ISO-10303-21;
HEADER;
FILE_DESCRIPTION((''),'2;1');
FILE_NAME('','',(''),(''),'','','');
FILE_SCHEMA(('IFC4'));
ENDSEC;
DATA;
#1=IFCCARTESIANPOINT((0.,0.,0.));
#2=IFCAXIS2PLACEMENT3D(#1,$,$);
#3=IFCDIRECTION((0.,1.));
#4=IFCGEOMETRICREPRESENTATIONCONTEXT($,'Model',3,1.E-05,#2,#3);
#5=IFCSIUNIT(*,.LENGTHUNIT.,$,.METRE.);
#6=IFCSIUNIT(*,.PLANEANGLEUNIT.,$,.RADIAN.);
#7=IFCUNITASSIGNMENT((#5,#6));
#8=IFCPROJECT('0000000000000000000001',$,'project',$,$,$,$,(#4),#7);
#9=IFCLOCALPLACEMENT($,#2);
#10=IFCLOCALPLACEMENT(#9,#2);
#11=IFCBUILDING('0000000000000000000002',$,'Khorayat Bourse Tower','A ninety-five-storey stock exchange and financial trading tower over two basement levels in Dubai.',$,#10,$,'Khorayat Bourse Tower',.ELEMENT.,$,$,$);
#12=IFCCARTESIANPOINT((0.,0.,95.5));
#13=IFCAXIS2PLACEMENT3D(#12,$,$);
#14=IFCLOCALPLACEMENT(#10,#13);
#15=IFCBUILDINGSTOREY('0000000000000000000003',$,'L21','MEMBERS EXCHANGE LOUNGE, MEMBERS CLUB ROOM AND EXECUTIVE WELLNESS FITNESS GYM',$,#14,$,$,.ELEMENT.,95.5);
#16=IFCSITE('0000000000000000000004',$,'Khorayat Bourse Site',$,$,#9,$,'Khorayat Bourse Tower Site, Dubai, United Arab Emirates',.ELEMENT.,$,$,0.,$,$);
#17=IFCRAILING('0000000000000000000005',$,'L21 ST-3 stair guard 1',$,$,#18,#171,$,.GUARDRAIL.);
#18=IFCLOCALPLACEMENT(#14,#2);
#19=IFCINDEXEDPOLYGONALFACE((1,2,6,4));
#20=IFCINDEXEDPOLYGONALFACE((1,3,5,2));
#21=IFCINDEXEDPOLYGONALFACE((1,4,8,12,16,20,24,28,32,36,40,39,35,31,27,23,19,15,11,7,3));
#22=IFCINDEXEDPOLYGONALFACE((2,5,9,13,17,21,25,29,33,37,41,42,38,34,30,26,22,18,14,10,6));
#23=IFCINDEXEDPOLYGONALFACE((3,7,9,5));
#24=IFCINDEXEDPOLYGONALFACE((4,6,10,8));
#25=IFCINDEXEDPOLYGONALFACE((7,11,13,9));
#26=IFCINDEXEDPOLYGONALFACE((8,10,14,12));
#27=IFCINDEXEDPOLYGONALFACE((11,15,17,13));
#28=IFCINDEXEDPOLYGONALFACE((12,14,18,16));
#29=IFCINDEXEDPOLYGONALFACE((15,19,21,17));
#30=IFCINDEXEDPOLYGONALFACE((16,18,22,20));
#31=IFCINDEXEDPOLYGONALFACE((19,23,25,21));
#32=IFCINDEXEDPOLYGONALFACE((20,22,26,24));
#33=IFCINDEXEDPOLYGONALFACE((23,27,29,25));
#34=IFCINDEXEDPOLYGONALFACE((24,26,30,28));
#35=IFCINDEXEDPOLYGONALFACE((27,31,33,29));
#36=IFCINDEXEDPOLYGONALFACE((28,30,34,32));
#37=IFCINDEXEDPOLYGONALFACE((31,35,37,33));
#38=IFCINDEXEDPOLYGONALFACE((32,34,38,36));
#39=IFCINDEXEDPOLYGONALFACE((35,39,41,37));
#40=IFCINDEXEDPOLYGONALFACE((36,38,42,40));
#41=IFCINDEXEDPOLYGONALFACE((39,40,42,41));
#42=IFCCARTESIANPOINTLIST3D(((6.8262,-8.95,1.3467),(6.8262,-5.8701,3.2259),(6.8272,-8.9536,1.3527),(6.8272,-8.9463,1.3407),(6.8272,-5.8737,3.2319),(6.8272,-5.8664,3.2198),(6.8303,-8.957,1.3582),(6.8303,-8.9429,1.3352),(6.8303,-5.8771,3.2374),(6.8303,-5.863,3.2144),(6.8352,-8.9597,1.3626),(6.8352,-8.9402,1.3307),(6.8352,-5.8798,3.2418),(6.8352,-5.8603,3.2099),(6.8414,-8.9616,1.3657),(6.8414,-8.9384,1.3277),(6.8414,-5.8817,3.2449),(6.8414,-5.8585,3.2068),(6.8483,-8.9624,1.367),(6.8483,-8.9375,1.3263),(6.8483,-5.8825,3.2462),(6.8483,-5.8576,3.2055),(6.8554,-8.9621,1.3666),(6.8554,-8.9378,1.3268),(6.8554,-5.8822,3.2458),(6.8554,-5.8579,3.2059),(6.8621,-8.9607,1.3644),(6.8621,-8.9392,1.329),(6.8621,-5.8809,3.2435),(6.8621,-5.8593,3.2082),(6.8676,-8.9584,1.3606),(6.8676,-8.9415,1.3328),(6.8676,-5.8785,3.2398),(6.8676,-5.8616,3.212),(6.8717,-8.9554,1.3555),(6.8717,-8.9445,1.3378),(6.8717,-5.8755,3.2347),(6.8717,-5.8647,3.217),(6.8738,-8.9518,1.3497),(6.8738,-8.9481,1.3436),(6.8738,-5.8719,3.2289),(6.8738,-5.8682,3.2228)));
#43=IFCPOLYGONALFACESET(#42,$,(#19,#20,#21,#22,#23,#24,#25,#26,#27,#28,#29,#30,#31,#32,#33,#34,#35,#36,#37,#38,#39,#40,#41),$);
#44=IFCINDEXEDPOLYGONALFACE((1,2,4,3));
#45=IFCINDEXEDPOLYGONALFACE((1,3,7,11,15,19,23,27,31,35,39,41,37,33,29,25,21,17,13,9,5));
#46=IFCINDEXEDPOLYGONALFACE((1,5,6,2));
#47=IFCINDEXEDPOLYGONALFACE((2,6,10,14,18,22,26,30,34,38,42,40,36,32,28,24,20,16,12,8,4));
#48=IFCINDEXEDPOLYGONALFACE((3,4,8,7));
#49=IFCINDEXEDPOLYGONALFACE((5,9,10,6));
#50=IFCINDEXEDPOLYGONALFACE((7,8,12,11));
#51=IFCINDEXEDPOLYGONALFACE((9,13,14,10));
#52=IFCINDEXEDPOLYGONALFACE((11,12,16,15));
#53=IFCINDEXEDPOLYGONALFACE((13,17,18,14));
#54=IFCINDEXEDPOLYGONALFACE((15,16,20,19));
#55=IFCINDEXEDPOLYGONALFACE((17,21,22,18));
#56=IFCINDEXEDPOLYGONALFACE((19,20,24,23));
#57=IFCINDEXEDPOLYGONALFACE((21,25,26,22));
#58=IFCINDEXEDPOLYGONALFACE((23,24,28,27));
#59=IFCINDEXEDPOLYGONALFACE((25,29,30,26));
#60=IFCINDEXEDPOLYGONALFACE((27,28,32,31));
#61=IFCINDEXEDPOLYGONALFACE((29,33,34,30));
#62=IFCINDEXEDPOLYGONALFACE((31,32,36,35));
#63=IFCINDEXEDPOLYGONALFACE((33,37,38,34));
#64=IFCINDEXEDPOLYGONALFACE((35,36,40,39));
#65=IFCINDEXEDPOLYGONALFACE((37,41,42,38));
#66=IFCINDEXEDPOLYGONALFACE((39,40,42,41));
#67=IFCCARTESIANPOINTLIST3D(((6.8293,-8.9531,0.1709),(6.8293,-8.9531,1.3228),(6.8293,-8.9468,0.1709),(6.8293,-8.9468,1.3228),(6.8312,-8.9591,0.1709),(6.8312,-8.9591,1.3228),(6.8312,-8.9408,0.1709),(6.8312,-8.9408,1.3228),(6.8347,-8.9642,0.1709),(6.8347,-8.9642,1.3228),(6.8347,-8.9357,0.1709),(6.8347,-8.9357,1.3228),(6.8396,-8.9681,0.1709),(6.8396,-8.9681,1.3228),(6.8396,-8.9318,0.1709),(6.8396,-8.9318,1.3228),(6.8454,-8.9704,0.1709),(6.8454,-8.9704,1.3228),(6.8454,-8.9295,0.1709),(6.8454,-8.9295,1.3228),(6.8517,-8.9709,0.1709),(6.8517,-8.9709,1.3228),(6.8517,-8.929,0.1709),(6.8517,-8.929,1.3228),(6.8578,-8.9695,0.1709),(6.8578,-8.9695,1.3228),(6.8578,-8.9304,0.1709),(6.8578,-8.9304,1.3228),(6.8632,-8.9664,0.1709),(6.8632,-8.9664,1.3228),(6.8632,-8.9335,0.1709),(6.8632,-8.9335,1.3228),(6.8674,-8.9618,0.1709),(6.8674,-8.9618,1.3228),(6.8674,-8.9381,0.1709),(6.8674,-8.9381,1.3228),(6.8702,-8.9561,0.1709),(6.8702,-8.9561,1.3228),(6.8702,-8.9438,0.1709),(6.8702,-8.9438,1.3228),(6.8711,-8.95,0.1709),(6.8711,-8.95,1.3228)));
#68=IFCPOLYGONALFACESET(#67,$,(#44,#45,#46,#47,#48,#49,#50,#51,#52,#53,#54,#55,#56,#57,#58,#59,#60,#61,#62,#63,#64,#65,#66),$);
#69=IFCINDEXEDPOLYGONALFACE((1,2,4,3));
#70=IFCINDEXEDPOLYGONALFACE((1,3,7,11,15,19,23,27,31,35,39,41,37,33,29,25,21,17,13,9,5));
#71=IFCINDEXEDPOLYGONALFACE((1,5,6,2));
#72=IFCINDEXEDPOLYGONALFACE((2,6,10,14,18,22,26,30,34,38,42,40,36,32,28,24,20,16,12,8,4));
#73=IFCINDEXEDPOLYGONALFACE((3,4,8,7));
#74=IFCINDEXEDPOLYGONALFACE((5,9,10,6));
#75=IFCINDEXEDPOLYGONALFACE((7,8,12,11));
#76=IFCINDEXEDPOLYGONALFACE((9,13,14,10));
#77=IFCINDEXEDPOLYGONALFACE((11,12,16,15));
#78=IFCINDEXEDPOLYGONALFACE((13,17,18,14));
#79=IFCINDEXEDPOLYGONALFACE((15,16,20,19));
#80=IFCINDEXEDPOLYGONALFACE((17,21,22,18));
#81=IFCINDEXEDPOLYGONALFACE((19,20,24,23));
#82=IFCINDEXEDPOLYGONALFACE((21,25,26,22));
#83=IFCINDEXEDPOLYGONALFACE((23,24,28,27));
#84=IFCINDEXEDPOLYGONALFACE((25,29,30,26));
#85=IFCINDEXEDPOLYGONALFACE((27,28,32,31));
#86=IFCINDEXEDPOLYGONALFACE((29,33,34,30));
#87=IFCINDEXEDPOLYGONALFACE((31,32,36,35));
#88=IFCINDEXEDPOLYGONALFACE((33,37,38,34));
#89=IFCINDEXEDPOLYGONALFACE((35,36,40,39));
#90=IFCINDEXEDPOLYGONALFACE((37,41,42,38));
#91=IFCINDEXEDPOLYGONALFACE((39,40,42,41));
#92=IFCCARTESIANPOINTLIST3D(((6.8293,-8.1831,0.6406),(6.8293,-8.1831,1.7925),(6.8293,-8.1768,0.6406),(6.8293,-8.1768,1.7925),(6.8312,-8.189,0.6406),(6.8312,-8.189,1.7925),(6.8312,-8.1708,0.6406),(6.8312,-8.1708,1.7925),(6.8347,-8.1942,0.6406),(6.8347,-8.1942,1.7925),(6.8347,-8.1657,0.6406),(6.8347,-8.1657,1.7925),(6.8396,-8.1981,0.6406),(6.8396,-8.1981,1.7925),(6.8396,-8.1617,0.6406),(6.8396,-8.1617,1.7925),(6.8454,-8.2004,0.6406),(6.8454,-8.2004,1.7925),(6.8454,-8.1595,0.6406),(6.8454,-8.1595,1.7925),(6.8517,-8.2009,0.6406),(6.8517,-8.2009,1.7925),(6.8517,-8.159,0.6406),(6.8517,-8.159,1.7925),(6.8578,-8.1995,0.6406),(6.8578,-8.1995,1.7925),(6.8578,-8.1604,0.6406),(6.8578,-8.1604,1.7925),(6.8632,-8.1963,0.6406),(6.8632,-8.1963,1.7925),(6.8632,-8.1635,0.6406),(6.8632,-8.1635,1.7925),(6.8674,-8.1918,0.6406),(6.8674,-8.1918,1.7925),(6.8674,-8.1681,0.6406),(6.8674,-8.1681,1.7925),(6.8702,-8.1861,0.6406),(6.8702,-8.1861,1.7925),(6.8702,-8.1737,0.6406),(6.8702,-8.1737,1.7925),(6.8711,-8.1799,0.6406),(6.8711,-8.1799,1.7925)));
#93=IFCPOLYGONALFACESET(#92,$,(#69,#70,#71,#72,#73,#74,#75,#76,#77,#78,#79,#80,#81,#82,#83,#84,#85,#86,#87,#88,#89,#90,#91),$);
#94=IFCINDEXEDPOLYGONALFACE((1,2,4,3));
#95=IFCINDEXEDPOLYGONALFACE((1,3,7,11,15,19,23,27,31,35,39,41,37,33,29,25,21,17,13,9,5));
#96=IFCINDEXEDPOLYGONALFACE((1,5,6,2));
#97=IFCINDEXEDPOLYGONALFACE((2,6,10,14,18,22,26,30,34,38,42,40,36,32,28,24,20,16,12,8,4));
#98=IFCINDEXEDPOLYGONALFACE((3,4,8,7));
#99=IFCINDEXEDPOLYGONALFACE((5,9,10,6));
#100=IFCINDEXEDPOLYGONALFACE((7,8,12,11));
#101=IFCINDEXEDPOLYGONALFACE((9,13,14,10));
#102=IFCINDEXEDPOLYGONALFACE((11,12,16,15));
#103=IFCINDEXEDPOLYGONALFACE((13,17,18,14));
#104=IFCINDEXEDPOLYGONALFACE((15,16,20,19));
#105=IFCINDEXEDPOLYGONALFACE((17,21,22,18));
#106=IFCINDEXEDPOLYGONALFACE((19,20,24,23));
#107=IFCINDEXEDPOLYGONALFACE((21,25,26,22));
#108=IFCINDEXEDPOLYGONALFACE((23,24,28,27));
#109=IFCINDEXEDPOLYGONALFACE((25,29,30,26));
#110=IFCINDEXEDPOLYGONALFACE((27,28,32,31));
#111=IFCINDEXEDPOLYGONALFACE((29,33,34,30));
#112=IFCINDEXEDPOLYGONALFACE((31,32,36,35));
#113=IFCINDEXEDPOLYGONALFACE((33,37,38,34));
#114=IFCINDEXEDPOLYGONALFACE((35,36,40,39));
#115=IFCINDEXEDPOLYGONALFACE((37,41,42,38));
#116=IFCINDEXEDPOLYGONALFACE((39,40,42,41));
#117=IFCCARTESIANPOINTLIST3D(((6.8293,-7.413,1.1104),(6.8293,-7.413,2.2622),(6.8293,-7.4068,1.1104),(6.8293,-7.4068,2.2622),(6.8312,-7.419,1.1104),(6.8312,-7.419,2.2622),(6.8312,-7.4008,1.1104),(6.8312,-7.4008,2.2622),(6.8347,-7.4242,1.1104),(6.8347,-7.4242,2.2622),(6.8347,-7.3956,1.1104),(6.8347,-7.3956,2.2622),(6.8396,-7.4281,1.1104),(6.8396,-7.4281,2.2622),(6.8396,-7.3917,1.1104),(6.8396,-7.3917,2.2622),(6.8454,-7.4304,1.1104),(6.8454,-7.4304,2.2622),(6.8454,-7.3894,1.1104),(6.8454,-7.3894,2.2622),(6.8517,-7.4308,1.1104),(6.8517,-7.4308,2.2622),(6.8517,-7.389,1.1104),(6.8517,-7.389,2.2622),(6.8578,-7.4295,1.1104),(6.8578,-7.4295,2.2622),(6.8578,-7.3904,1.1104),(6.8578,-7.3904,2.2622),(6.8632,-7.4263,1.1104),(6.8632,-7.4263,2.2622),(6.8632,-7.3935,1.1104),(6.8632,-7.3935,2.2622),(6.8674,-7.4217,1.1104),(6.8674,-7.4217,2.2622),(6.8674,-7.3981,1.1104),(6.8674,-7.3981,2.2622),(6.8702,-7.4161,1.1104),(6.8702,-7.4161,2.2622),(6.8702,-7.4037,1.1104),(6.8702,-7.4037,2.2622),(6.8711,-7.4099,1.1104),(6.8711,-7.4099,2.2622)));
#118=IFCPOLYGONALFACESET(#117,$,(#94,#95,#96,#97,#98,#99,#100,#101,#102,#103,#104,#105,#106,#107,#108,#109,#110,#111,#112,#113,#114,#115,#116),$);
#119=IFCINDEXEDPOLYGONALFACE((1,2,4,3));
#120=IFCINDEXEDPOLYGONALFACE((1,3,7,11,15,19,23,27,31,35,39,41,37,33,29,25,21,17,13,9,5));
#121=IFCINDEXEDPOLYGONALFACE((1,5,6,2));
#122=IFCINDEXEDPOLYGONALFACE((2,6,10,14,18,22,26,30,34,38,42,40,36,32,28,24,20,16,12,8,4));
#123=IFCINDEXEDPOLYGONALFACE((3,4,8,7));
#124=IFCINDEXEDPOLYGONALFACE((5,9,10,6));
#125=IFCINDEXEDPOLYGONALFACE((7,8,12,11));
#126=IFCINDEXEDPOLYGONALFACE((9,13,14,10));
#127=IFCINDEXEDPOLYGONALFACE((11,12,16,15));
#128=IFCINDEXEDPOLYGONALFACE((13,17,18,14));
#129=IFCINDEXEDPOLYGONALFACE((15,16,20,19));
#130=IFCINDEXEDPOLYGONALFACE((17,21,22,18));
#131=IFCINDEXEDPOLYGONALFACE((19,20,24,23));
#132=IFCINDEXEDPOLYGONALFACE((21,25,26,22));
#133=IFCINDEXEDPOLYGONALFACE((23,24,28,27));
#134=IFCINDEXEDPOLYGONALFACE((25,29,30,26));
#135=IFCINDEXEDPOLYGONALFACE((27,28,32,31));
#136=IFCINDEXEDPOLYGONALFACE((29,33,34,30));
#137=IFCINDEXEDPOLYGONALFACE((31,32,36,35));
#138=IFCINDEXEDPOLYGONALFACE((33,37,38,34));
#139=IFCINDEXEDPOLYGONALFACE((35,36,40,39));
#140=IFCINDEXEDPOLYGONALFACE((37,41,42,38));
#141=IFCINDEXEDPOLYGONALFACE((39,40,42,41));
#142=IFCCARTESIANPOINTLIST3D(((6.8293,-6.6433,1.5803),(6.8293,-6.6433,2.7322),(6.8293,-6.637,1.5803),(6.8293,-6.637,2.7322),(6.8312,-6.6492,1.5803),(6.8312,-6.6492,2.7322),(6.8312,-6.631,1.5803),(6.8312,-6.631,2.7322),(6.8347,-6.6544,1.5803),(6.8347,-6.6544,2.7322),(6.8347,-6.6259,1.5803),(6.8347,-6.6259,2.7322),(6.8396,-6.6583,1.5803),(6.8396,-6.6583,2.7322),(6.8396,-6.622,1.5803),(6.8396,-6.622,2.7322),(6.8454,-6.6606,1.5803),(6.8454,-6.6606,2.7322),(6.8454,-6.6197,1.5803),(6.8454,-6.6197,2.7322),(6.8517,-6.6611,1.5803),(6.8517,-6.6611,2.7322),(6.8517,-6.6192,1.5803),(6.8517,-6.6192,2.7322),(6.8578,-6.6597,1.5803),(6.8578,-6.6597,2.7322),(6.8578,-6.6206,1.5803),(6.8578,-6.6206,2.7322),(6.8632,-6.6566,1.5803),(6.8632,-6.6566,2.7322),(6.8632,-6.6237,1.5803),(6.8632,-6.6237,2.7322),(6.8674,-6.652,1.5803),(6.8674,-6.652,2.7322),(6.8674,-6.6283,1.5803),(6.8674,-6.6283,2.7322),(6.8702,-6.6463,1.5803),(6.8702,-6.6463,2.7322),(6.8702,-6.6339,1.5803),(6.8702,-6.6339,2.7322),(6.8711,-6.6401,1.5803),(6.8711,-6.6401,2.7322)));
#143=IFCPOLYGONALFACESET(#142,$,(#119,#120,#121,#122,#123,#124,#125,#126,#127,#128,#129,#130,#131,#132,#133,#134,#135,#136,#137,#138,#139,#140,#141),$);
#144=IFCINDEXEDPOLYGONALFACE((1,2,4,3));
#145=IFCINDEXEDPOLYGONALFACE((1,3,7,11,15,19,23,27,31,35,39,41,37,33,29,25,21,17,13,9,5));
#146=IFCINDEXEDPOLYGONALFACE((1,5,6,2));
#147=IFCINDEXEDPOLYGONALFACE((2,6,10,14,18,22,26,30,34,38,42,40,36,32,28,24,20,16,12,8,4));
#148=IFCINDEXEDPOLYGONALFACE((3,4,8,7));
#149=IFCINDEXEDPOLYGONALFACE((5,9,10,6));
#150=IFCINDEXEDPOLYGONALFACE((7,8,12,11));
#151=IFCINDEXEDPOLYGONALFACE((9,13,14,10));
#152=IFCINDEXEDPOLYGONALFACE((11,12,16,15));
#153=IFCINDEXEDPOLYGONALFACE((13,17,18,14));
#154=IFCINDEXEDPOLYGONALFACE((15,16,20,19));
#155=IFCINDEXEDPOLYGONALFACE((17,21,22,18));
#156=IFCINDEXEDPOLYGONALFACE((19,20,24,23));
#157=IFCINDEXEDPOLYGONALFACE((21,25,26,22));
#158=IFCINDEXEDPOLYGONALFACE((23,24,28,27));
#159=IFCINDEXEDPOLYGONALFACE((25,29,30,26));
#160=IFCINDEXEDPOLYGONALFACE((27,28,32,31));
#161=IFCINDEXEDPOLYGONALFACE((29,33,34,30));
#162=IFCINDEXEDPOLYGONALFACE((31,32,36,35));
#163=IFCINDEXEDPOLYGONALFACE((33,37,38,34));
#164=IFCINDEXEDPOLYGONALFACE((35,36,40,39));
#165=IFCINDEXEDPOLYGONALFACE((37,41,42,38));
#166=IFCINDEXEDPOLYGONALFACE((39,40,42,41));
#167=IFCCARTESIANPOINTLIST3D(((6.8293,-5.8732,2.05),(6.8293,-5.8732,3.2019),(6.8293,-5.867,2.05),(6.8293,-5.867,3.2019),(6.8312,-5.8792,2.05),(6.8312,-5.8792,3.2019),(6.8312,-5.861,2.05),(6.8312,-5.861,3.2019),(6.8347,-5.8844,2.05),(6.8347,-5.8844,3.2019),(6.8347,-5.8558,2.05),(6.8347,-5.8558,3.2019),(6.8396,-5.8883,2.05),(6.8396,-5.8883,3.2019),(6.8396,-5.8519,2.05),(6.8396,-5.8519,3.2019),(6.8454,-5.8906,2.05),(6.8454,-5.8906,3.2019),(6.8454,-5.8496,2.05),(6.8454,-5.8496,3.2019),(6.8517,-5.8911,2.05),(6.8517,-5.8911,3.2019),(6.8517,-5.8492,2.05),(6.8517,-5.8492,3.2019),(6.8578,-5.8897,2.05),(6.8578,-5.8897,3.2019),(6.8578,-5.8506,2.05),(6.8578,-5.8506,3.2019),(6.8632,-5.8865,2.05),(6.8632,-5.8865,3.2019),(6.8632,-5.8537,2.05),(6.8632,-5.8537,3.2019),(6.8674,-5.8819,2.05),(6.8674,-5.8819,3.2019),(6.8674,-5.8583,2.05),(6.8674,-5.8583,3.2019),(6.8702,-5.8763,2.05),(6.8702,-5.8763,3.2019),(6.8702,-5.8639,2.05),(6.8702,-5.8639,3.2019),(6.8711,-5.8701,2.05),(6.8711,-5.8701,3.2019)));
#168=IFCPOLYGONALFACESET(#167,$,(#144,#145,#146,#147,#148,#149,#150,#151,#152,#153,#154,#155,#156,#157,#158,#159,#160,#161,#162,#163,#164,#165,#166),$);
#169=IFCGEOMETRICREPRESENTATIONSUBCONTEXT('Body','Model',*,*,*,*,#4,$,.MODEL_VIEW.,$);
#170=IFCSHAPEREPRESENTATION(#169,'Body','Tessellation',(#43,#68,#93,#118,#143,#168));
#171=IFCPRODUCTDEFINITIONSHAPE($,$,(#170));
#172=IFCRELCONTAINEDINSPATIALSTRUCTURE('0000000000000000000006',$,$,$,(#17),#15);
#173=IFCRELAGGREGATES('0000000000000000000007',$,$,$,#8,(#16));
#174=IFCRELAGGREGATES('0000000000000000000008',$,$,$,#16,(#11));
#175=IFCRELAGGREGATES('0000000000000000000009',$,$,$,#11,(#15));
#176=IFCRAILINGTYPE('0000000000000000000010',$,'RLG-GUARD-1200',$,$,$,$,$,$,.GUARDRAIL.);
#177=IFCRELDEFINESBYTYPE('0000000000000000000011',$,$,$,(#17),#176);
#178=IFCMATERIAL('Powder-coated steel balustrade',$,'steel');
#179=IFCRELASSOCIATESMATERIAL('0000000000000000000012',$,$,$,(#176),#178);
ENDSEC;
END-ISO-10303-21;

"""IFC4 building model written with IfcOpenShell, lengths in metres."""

from ifc_helpers import new_model, si_unit, direction, frame, origin, origin_2d, place, context, subcontext, project, spatial, circle, extrude, source, transform, mapped, material, type_object, element, save


model = new_model("IFC4")

# Units and contexts
model_context = context("Model", 3, precision=1e-05, world=origin(), true_north=direction((0.0, 1.0)))
body_context = subcontext(model_context, "Body", "Model", "MODEL_VIEW")
ifc_project = project(units=[si_unit("LENGTHUNIT", "METRE"), si_unit("PLANEANGLEUNIT", "RADIAN")], contexts=[model_context])

# Site, building, storey
site_placement = place(None, origin())
site = spatial("IfcSite", under=ifc_project, at=site_placement, Name="Khorayat Bourse Site", LongName="Khorayat Bourse Tower Site, Dubai, United Arab Emirates", CompositionType="ELEMENT", RefElevation=0.0)
building_placement = place(site_placement, origin())
building = spatial("IfcBuilding", under=site, at=building_placement, Name="Khorayat Bourse Tower", Description="A ninety-five-storey stock exchange and financial trading tower over two basement levels in Dubai.", LongName="Khorayat Bourse Tower", CompositionType="ELEMENT")
storey_placement = place(building_placement, frame((0.0, 0.0, 95.5)))
storey = spatial("IfcBuildingStorey", under=building, at=storey_placement, Name="L21", Description="MEMBERS EXCHANGE LOUNGE, MEMBERS CLUB ROOM AND EXECUTIVE WELLNESS FITNESS GYM", CompositionType="ELEMENT", Elevation=95.5)

# Railing
ifc_material_1 = material(Name="Powder-coated steel balustrade", Category="steel")
railing_type_1 = type_object("IfcRailingType", Name="RLG-GUARD-1200", PredefinedType="GUARDRAIL", material=ifc_material_1)
shared_shape_1 = source(origin(), body_context, "Body", "SweptSolid", [
    extrude(circle(Radius=0.0239, at=origin_2d()), frame((0.0, 0.0, 1.1758), z_axis=(0.0, 0.853648, 0.52085), x_axis=(-1.0, 0.0, 0.0)), (0.0, 0.0, 1.0), 3.6079),
    extrude(circle(Radius=0.021, at=origin_2d()), origin(), (0.0, 0.0, 1.0), 1.1519),
    extrude(circle(Radius=0.021, at=origin_2d()), frame((0.0, 0.77, 0.4697)), (0.0, 0.0, 1.0), 1.1519),
    extrude(circle(Radius=0.021, at=origin_2d()), frame((0.0, 1.54, 0.9395)), (0.0, 0.0, 1.0), 1.1519),
    extrude(circle(Radius=0.021, at=origin_2d()), frame((0.0, 2.3098, 1.4094)), (0.0, 0.0, 1.0), 1.1519),
    extrude(circle(Radius=0.021, at=origin_2d()), frame((0.0, 3.0798, 1.8792)), (0.0, 0.0, 1.0), 1.1519),
])
railing_1_placement = place(storey_placement, frame((6.8501, -8.95, 0.1709)))
element("IfcRailing", 1, at=railing_1_placement, inside=storey, type_object=railing_type_1, Name="L21 ST-3 stair guard 1", PredefinedType="GUARDRAIL", context=body_context, shape_type="MappedRepresentation", body=[
    mapped(shared_shape_1, transform((0.0, 0.0, 0.0), scale=1.0)),
])

save(model, "model.ifc")
